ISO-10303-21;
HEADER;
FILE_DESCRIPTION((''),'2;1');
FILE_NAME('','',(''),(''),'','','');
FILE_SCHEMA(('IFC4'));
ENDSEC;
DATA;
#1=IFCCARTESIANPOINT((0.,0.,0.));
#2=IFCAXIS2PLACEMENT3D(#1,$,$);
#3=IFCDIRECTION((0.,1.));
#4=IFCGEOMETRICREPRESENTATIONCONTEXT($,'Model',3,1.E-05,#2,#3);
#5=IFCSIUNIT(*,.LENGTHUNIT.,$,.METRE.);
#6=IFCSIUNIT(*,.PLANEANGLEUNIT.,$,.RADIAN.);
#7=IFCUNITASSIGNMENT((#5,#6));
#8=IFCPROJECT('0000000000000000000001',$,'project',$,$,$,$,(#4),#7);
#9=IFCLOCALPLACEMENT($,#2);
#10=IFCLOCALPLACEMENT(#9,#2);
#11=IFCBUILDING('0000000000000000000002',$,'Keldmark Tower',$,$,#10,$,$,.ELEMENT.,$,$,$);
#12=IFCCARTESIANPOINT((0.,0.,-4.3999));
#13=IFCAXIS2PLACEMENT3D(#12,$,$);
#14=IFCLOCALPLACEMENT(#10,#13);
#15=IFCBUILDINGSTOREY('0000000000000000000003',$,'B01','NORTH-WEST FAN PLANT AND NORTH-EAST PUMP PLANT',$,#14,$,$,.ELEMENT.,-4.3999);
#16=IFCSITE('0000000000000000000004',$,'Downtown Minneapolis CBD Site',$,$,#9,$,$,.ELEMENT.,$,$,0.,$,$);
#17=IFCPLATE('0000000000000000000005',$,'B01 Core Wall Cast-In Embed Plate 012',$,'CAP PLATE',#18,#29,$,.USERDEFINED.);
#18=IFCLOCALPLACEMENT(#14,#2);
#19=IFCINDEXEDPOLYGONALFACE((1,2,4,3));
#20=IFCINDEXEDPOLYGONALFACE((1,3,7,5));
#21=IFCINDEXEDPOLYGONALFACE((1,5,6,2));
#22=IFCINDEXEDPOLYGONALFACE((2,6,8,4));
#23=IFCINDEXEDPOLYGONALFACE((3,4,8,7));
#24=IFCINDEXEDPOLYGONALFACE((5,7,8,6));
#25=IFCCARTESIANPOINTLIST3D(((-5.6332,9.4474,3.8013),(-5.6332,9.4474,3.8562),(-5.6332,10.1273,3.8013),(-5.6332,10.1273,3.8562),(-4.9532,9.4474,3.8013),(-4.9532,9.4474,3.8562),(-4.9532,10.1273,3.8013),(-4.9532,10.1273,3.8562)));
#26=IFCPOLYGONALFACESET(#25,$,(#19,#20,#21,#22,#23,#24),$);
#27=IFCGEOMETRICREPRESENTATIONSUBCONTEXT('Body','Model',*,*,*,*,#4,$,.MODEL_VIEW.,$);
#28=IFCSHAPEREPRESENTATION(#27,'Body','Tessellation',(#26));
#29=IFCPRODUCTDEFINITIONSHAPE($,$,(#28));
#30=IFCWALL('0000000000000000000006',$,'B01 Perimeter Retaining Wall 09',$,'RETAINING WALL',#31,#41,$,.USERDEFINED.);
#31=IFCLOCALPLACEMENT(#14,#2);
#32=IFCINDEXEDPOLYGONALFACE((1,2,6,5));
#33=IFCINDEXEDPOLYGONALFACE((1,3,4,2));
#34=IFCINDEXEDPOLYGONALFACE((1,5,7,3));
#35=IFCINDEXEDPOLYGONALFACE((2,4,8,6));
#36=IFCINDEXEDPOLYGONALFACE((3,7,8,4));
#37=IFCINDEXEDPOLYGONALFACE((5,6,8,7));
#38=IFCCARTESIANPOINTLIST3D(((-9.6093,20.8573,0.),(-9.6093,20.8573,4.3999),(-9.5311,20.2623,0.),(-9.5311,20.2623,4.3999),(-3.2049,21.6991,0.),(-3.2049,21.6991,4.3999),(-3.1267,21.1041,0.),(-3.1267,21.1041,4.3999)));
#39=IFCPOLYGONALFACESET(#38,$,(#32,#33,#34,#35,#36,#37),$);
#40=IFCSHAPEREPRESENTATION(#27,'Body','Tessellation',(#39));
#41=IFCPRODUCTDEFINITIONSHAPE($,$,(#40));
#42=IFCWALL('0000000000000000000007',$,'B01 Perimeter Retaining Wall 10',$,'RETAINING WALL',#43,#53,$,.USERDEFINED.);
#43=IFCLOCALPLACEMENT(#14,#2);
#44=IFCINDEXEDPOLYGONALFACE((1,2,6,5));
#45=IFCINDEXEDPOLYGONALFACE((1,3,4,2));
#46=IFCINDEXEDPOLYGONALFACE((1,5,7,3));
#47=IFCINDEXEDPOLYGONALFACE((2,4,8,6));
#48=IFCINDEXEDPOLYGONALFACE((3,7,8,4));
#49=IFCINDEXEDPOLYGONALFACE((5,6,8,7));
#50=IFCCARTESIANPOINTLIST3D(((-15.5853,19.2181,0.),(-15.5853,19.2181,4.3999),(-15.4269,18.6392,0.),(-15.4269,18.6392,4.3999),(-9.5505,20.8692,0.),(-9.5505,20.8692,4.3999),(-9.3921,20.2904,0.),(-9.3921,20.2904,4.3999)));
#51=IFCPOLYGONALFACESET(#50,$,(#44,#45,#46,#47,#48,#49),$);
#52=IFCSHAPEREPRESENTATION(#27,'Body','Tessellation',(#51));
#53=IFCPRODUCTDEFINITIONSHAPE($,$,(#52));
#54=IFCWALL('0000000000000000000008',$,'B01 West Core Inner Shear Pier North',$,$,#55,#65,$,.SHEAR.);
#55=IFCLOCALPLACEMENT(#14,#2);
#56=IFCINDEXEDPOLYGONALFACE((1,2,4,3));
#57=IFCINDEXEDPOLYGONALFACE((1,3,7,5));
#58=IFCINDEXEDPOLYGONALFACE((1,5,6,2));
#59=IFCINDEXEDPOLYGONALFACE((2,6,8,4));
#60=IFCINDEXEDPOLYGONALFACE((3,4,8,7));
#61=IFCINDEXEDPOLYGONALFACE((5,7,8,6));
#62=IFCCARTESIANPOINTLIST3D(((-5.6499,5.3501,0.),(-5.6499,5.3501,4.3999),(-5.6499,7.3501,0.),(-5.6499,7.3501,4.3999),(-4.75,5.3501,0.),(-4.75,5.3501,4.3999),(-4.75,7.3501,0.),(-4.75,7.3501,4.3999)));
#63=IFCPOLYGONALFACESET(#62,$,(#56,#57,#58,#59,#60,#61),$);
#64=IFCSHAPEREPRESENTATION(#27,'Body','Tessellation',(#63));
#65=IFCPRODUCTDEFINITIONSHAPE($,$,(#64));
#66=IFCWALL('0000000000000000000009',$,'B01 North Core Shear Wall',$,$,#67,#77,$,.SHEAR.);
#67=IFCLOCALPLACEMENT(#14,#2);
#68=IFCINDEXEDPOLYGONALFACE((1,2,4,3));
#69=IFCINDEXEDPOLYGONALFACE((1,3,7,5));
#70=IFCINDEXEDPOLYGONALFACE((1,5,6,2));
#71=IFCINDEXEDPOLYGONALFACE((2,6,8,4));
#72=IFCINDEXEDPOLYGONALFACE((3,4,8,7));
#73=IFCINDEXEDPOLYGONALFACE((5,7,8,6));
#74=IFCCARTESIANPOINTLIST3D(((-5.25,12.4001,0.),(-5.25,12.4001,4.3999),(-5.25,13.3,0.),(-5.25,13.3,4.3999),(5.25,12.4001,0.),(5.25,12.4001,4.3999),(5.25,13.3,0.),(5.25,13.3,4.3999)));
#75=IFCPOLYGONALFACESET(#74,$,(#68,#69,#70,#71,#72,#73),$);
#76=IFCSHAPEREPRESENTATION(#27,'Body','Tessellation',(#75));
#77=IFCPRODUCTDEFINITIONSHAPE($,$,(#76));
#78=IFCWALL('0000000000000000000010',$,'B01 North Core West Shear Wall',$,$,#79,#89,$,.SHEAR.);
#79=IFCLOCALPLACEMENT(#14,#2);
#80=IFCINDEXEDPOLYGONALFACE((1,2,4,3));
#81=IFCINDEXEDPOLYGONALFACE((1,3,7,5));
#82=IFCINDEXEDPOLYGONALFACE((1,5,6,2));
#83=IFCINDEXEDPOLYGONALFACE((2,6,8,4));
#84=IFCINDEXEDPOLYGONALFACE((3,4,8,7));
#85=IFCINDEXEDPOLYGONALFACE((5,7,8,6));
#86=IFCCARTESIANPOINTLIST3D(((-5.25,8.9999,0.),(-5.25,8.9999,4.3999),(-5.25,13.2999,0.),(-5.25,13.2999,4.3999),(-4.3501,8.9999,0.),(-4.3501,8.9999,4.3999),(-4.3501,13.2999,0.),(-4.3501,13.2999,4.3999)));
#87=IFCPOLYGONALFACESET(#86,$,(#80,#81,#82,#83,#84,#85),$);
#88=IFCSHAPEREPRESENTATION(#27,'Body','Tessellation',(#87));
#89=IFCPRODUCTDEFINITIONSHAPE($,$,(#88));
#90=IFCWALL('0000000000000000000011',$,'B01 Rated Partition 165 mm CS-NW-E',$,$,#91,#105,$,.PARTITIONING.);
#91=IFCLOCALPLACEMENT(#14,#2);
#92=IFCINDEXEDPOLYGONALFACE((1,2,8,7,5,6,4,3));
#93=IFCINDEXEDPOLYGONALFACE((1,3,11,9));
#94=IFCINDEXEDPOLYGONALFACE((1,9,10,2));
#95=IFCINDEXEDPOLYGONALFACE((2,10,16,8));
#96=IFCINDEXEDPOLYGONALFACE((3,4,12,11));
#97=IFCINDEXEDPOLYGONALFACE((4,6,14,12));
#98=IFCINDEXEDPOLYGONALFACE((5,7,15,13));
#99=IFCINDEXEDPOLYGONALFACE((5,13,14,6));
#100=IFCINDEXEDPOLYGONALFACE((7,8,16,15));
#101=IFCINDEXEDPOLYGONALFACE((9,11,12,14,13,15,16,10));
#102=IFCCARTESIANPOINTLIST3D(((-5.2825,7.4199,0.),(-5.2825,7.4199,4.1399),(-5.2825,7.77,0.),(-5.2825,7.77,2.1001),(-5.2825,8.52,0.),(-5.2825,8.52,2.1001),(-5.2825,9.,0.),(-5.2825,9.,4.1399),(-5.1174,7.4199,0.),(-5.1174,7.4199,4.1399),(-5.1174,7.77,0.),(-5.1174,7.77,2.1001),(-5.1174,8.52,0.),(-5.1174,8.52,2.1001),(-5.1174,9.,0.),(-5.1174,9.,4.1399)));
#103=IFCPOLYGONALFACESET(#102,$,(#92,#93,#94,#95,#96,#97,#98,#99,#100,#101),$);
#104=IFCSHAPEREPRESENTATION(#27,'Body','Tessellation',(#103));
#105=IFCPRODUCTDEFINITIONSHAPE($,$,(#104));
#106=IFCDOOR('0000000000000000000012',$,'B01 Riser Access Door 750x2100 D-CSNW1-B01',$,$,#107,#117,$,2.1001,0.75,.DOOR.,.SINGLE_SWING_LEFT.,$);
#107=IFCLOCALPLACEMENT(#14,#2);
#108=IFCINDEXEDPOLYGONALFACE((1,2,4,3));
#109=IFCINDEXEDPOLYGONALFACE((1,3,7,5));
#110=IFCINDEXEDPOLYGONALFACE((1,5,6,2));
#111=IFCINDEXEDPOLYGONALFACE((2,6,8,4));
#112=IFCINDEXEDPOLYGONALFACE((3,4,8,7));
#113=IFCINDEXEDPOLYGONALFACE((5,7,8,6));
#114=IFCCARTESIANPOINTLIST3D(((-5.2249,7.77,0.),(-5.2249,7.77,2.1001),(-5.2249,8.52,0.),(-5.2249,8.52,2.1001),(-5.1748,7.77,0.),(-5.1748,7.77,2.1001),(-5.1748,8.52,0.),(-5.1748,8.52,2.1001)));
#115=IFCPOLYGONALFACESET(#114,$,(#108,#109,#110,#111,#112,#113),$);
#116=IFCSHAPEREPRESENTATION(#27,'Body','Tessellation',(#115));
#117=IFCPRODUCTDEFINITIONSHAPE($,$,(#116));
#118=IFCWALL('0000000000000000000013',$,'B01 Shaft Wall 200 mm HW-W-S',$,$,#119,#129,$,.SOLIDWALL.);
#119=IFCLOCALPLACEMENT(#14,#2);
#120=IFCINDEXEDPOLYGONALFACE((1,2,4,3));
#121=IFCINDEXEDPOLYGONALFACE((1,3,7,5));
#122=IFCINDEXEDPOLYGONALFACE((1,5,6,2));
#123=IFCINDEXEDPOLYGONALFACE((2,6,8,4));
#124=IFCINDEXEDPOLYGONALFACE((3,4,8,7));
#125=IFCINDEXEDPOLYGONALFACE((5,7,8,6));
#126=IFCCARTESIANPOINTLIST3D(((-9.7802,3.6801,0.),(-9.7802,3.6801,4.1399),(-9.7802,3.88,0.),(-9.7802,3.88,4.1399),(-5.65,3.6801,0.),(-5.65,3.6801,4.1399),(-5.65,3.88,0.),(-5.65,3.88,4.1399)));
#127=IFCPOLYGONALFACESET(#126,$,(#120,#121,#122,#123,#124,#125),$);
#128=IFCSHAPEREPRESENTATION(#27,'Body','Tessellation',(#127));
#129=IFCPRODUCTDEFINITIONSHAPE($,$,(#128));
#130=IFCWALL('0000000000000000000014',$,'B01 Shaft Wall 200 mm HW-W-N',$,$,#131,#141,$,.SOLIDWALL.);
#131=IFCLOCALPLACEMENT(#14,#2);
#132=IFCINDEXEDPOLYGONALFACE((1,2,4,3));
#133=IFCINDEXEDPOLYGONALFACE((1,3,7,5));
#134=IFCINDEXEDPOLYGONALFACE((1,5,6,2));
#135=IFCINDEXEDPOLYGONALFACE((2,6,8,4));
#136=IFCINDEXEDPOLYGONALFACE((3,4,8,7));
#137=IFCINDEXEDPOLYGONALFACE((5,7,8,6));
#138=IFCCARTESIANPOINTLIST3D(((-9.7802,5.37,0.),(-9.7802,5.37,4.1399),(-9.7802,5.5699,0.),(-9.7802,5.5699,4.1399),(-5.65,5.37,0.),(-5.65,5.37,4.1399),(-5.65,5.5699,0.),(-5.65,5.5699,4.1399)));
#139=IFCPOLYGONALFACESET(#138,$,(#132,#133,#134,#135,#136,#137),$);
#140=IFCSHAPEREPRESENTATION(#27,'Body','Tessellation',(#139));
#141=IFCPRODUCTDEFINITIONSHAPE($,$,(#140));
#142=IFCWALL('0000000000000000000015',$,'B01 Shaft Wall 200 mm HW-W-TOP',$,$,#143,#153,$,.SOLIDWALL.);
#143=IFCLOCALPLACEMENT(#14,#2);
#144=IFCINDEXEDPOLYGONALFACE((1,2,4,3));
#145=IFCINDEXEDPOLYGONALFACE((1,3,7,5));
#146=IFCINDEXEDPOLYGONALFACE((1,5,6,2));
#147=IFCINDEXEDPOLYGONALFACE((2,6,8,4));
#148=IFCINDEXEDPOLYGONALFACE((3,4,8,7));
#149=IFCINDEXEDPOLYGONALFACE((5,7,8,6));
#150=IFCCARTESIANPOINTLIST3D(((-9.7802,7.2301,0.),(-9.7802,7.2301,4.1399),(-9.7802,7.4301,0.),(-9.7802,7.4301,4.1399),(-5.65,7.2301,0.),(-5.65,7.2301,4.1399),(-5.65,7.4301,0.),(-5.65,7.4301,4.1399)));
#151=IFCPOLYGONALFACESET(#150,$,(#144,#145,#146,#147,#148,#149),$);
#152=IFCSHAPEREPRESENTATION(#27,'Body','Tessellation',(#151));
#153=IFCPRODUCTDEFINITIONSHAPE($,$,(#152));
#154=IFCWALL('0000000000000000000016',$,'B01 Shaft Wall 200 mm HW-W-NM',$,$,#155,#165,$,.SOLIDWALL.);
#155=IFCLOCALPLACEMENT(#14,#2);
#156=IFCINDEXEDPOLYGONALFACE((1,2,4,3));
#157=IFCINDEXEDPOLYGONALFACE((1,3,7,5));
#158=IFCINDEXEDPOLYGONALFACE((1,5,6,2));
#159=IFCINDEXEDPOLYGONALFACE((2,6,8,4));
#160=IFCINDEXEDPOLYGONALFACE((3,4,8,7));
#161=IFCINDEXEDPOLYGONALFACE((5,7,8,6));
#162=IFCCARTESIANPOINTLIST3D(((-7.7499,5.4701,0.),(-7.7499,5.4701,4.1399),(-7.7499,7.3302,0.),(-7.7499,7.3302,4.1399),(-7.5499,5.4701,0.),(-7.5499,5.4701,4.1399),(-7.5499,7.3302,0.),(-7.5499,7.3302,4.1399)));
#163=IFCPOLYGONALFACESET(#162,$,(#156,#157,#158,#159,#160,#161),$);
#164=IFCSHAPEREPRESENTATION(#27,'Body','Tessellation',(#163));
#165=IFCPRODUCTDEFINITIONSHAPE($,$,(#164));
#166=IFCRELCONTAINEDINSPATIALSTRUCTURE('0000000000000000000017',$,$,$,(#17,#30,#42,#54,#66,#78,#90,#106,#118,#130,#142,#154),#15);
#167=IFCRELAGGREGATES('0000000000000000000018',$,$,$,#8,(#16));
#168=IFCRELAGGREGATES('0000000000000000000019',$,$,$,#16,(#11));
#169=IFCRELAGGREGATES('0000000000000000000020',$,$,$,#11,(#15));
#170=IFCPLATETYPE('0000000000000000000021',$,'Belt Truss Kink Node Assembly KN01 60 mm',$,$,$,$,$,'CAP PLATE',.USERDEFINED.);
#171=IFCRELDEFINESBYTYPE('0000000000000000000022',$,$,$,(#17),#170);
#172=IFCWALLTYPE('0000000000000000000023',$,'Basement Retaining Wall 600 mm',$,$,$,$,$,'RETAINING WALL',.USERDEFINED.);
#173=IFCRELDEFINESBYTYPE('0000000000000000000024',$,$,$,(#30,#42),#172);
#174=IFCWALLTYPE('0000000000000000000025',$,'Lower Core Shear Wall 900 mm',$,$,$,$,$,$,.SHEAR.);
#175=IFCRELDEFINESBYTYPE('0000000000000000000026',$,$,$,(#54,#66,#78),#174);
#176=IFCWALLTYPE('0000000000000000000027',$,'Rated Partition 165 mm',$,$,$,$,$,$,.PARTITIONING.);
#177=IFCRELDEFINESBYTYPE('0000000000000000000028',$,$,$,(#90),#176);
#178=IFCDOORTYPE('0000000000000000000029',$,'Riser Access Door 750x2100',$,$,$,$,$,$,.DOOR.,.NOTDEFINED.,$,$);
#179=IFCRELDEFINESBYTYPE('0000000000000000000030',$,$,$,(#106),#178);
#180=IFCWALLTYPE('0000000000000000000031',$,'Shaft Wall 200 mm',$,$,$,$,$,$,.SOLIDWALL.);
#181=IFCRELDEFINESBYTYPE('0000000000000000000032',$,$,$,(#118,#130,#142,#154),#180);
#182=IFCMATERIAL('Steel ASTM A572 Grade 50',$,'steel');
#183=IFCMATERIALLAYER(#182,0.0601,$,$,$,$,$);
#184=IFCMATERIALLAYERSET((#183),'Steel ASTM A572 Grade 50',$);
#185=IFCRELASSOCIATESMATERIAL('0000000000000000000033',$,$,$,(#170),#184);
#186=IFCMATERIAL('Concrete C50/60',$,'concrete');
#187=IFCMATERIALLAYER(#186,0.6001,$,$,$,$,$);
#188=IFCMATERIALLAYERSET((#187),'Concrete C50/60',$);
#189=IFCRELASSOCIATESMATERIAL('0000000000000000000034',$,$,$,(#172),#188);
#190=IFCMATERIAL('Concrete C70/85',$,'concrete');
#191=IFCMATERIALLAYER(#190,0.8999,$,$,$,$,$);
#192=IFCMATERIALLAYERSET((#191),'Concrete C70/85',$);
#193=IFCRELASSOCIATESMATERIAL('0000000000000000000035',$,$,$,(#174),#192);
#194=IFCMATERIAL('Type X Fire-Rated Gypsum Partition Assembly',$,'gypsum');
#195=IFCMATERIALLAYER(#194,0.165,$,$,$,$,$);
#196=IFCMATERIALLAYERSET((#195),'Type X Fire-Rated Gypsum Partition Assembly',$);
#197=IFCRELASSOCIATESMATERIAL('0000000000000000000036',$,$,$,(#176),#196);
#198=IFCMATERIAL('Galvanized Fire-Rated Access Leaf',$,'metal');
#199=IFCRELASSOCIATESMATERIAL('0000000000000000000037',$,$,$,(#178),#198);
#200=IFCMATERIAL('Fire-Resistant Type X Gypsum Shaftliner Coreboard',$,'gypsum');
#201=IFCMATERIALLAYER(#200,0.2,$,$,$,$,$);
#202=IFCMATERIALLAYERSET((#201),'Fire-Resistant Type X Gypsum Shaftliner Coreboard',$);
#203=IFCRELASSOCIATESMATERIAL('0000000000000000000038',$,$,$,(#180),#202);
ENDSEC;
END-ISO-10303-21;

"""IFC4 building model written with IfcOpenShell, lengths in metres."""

from ifc_helpers import new_model, si_unit, direction, frame, frame_2d, origin, origin_2d, place, context, subcontext, project, spatial, rectangle, extrude, material, layer, layer_set, type_object, element, fill, save


model = new_model("IFC4")

# Units and contexts
model_context = context("Model", 3, precision=1e-05, world=origin(), true_north=direction((0.0, 1.0)))
body_context = subcontext(model_context, "Body", "Model", "MODEL_VIEW")
ifc_project = project(units=[si_unit("LENGTHUNIT", "METRE"), si_unit("PLANEANGLEUNIT", "RADIAN")], contexts=[model_context])

# Site, building, storey
site_placement = place(None, origin())
site = spatial("IfcSite", under=ifc_project, at=site_placement, Name="Downtown Minneapolis CBD Site", CompositionType="ELEMENT", RefElevation=0.0)
building_placement = place(site_placement, origin())
building = spatial("IfcBuilding", under=site, at=building_placement, Name="Keldmark Tower", CompositionType="ELEMENT")
storey_placement = place(building_placement, frame((0.0, 0.0, -4.3999)))
storey = spatial("IfcBuildingStorey", under=building, at=storey_placement, Name="B01", Description="NORTH-WEST FAN PLANT AND NORTH-EAST PUMP PLANT", CompositionType="ELEMENT", Elevation=-4.3999)

# Plate
ifc_material_1 = material(Name="Steel ASTM A572 Grade 50", Category="steel")
ifc_layer_1 = layer(ifc_material_1, 0.0601)
ifc_layer_set_1 = layer_set([ifc_layer_1], Name="Steel ASTM A572 Grade 50")
plate_type = type_object("IfcPlateType", Name="Belt Truss Kink Node Assembly KN01 60 mm", ElementType="CAP PLATE", PredefinedType="USERDEFINED", material=ifc_layer_set_1)
plate_placement = place(storey_placement, frame((-5.2932, 9.7874, 3.8013), z_axis=(0.0, 0.0, 1.0), x_axis=(1.0, 0.0, 0.0)))
element("IfcPlate", 1, at=plate_placement, inside=storey, type_object=plate_type, Name="B01 Core Wall Cast-In Embed Plate 012", ObjectType="CAP PLATE", PredefinedType="USERDEFINED", context=body_context, shape_type="SweptSolid", body=[
    extrude(rectangle(XDim=0.6799, YDim=0.6799, at=origin_2d()), origin(), (0.0, 0.0, 1.0), 0.0549),
])

# Walls
ifc_material_2 = material(Name="Concrete C50/60", Category="concrete")
ifc_layer_2 = layer(ifc_material_2, 0.6001)
ifc_layer_set_2 = layer_set([ifc_layer_2], Name="Concrete C50/60")
wall_type_1 = type_object("IfcWallType", Name="Basement Retaining Wall 600 mm", ElementType="RETAINING WALL", PredefinedType="USERDEFINED", material=ifc_layer_set_2)
wall_1_placement = place(storey_placement, frame((-3.1658, 21.4016, 0.0), z_axis=(0.0, 0.0, 1.0), x_axis=(-0.991472, -0.130322, 0.0)))
element("IfcWall", 2, at=wall_1_placement, inside=storey, type_object=wall_type_1, Name="B01 Perimeter Retaining Wall 09", ObjectType="RETAINING WALL", PredefinedType="USERDEFINED", context=body_context, shape_type="SweptSolid", body=[
    extrude(rectangle(XDim=6.4595, YDim=0.6001, at=frame_2d((3.2297, 0.0))), origin(), (0.0, 0.0, 1.0), 4.3999),
])
wall_2_placement = place(storey_placement, frame((-9.4712, 20.5798, 0.0), z_axis=(0.0, 0.0, 1.0), x_axis=(-0.964548, -0.263906, 0.0)))
element("IfcWall", 3, at=wall_2_placement, inside=storey, type_object=wall_type_1, Name="B01 Perimeter Retaining Wall 10", ObjectType="RETAINING WALL", PredefinedType="USERDEFINED", context=body_context, shape_type="SweptSolid", body=[
    extrude(rectangle(XDim=6.2566, YDim=0.6001, at=frame_2d((3.1284, 0.0))), origin(), (0.0, 0.0, 1.0), 4.3999),
])
ifc_material_3 = material(Name="Concrete C70/85", Category="concrete")
ifc_layer_3 = layer(ifc_material_3, 0.8999)
ifc_layer_set_3 = layer_set([ifc_layer_3], Name="Concrete C70/85")
wall_type_2 = type_object("IfcWallType", Name="Lower Core Shear Wall 900 mm", PredefinedType="SHEAR", material=ifc_layer_set_3)
wall_3_placement = place(storey_placement, frame((-5.2, 5.3501, 0.0), z_axis=(0.0, 0.0, 1.0), x_axis=(0.0, 1.0, 0.0)))
element("IfcWall", 4, at=wall_3_placement, inside=storey, type_object=wall_type_2, Name="B01 West Core Inner Shear Pier North", PredefinedType="SHEAR", context=body_context, shape_type="SweptSolid", body=[
    extrude(rectangle(XDim=2.0, YDim=0.8999, at=frame_2d((1.0, 0.0))), origin(), (0.0, 0.0, 1.0), 4.3999),
])
wall_4_placement = place(storey_placement, frame((-5.25, 12.8501, 0.0), z_axis=(0.0, 0.0, 1.0), x_axis=(1.0, 0.0, 0.0)))
element("IfcWall", 5, at=wall_4_placement, inside=storey, type_object=wall_type_2, Name="B01 North Core Shear Wall", PredefinedType="SHEAR", context=body_context, shape_type="SweptSolid", body=[
    extrude(rectangle(XDim=10.5, YDim=0.8999, at=frame_2d((5.25, 0.0))), origin(), (0.0, 0.0, 1.0), 4.3999),
])
wall_5_placement = place(storey_placement, frame((-4.8, 9.0, 0.0), z_axis=(0.0, 0.0, 1.0), x_axis=(0.0, 1.0, 0.0)))
element("IfcWall", 6, at=wall_5_placement, inside=storey, type_object=wall_type_2, Name="B01 North Core West Shear Wall", PredefinedType="SHEAR", context=body_context, shape_type="SweptSolid", body=[
    extrude(rectangle(XDim=4.3, YDim=0.8999, at=frame_2d((2.1499, 0.0))), origin(), (0.0, 0.0, 1.0), 4.3999),
])

# Wall, opening, door
ifc_material_4 = material(Name="Type X Fire-Rated Gypsum Partition Assembly", Category="gypsum")
ifc_layer_4 = layer(ifc_material_4, 0.165)
ifc_layer_set_4 = layer_set([ifc_layer_4], Name="Type X Fire-Rated Gypsum Partition Assembly")
wall_type_3 = type_object("IfcWallType", Name="Rated Partition 165 mm", PredefinedType="PARTITIONING", material=ifc_layer_set_4)
wall_6_placement = place(storey_placement, frame((-5.2, 7.4199, 0.0), z_axis=(0.0, 0.0, 1.0), x_axis=(0.0, 1.0, 0.0)))
wall_6 = element("IfcWall", 7, at=wall_6_placement, inside=storey, type_object=wall_type_3, Name="B01 Rated Partition 165 mm CS-NW-E", PredefinedType="PARTITIONING", context=body_context, shape_type="SweptSolid", body=[
    extrude(rectangle(XDim=1.5801, YDim=0.165, at=frame_2d((0.79, 0.0))), origin(), (0.0, 0.0, 1.0), 4.1399),
])
opening_1_placement = place(wall_6_placement, frame((0.3501, 0.0, 0.0)))
opening_1 = element("IfcOpeningElement", 8, at=opening_1_placement, cuts=wall_6, PredefinedType="OPENING", context=body_context, shape_type="SweptSolid", body=[
    extrude(rectangle(XDim=0.75, YDim=2.1001, at=frame_2d((0.375, 1.05))), frame((0.0, 0.0925, 0.0), z_axis=(0.0, -1.0, 0.0), x_axis=(1.0, 0.0, 0.0)), (0.0, 0.0, 1.0), 0.1851),
])
ifc_material_5 = material(Name="Galvanized Fire-Rated Access Leaf", Category="metal")
door_type_1 = type_object("IfcDoorType", Name="Riser Access Door 750x2100", OperationType="NOTDEFINED", PredefinedType="DOOR", material=ifc_material_5)
door_1_placement = place(opening_1_placement, origin())
door_1 = element("IfcDoor", 9, at=door_1_placement, inside=storey, type_object=door_type_1, Name="B01 Riser Access Door 750x2100 D-CSNW1-B01", OperationType="SINGLE_SWING_LEFT", OverallHeight=2.1001, OverallWidth=0.75, PredefinedType="DOOR", context=body_context, shape_type="SweptSolid", body=[
    extrude(rectangle(XDim=0.75, YDim=2.1001, at=frame_2d((0.375, 1.05))), frame((0.0, 0.0249, 0.0), z_axis=(0.0, -1.0, 0.0), x_axis=(1.0, 0.0, 0.0)), (0.0, 0.0, 1.0), 0.05),
])
fill(opening_1, door_1)

# Walls
ifc_material_6 = material(Name="Fire-Resistant Type X Gypsum Shaftliner Coreboard", Category="gypsum")
ifc_layer_5 = layer(ifc_material_6, 0.2)
ifc_layer_set_5 = layer_set([ifc_layer_5], Name="Fire-Resistant Type X Gypsum Shaftliner Coreboard")
wall_type_4 = type_object("IfcWallType", Name="Shaft Wall 200 mm", PredefinedType="SOLIDWALL", material=ifc_layer_set_5)
for number, where, z_axis, x_axis, name in (
    (10, (-9.78, 3.78, 0.0), (0.0, 0.0, 1.0), (1.0, 0.0, 0.0), "B01 Shaft Wall 200 mm HW-W-S"),
    (11, (-9.78, 5.47, 0.0), (0.0, 0.0, 1.0), (1.0, 0.0, 0.0), "B01 Shaft Wall 200 mm HW-W-N"),
    (12, (-9.78, 7.3301, 0.0), (0.0, 0.0, 1.0), (1.0, 0.0, 0.0), "B01 Shaft Wall 200 mm HW-W-TOP"),
):
    element("IfcWall", number, at=place(storey_placement, frame(where, z_axis=z_axis, x_axis=x_axis)), inside=storey, type_object=wall_type_4, Name=name, PredefinedType="SOLIDWALL", context=body_context, shape_type="SweptSolid", body=[
        extrude(rectangle(XDim=4.1301, YDim=0.2, at=frame_2d((2.0649, 0.0))), origin(), (0.0, 0.0, 1.0), 4.1399),
    ])
wall_7_placement = place(storey_placement, frame((-7.6499, 5.47, 0.0), z_axis=(0.0, 0.0, 1.0), x_axis=(0.0, 1.0, 0.0)))
element("IfcWall", 13, at=wall_7_placement, inside=storey, type_object=wall_type_4, Name="B01 Shaft Wall 200 mm HW-W-NM", PredefinedType="SOLIDWALL", context=body_context, shape_type="SweptSolid", body=[
    extrude(rectangle(XDim=1.8601, YDim=0.2, at=frame_2d((0.9302, 0.0))), origin(), (0.0, 0.0, 1.0), 4.1399),
])

save(model, "model.ifc")
